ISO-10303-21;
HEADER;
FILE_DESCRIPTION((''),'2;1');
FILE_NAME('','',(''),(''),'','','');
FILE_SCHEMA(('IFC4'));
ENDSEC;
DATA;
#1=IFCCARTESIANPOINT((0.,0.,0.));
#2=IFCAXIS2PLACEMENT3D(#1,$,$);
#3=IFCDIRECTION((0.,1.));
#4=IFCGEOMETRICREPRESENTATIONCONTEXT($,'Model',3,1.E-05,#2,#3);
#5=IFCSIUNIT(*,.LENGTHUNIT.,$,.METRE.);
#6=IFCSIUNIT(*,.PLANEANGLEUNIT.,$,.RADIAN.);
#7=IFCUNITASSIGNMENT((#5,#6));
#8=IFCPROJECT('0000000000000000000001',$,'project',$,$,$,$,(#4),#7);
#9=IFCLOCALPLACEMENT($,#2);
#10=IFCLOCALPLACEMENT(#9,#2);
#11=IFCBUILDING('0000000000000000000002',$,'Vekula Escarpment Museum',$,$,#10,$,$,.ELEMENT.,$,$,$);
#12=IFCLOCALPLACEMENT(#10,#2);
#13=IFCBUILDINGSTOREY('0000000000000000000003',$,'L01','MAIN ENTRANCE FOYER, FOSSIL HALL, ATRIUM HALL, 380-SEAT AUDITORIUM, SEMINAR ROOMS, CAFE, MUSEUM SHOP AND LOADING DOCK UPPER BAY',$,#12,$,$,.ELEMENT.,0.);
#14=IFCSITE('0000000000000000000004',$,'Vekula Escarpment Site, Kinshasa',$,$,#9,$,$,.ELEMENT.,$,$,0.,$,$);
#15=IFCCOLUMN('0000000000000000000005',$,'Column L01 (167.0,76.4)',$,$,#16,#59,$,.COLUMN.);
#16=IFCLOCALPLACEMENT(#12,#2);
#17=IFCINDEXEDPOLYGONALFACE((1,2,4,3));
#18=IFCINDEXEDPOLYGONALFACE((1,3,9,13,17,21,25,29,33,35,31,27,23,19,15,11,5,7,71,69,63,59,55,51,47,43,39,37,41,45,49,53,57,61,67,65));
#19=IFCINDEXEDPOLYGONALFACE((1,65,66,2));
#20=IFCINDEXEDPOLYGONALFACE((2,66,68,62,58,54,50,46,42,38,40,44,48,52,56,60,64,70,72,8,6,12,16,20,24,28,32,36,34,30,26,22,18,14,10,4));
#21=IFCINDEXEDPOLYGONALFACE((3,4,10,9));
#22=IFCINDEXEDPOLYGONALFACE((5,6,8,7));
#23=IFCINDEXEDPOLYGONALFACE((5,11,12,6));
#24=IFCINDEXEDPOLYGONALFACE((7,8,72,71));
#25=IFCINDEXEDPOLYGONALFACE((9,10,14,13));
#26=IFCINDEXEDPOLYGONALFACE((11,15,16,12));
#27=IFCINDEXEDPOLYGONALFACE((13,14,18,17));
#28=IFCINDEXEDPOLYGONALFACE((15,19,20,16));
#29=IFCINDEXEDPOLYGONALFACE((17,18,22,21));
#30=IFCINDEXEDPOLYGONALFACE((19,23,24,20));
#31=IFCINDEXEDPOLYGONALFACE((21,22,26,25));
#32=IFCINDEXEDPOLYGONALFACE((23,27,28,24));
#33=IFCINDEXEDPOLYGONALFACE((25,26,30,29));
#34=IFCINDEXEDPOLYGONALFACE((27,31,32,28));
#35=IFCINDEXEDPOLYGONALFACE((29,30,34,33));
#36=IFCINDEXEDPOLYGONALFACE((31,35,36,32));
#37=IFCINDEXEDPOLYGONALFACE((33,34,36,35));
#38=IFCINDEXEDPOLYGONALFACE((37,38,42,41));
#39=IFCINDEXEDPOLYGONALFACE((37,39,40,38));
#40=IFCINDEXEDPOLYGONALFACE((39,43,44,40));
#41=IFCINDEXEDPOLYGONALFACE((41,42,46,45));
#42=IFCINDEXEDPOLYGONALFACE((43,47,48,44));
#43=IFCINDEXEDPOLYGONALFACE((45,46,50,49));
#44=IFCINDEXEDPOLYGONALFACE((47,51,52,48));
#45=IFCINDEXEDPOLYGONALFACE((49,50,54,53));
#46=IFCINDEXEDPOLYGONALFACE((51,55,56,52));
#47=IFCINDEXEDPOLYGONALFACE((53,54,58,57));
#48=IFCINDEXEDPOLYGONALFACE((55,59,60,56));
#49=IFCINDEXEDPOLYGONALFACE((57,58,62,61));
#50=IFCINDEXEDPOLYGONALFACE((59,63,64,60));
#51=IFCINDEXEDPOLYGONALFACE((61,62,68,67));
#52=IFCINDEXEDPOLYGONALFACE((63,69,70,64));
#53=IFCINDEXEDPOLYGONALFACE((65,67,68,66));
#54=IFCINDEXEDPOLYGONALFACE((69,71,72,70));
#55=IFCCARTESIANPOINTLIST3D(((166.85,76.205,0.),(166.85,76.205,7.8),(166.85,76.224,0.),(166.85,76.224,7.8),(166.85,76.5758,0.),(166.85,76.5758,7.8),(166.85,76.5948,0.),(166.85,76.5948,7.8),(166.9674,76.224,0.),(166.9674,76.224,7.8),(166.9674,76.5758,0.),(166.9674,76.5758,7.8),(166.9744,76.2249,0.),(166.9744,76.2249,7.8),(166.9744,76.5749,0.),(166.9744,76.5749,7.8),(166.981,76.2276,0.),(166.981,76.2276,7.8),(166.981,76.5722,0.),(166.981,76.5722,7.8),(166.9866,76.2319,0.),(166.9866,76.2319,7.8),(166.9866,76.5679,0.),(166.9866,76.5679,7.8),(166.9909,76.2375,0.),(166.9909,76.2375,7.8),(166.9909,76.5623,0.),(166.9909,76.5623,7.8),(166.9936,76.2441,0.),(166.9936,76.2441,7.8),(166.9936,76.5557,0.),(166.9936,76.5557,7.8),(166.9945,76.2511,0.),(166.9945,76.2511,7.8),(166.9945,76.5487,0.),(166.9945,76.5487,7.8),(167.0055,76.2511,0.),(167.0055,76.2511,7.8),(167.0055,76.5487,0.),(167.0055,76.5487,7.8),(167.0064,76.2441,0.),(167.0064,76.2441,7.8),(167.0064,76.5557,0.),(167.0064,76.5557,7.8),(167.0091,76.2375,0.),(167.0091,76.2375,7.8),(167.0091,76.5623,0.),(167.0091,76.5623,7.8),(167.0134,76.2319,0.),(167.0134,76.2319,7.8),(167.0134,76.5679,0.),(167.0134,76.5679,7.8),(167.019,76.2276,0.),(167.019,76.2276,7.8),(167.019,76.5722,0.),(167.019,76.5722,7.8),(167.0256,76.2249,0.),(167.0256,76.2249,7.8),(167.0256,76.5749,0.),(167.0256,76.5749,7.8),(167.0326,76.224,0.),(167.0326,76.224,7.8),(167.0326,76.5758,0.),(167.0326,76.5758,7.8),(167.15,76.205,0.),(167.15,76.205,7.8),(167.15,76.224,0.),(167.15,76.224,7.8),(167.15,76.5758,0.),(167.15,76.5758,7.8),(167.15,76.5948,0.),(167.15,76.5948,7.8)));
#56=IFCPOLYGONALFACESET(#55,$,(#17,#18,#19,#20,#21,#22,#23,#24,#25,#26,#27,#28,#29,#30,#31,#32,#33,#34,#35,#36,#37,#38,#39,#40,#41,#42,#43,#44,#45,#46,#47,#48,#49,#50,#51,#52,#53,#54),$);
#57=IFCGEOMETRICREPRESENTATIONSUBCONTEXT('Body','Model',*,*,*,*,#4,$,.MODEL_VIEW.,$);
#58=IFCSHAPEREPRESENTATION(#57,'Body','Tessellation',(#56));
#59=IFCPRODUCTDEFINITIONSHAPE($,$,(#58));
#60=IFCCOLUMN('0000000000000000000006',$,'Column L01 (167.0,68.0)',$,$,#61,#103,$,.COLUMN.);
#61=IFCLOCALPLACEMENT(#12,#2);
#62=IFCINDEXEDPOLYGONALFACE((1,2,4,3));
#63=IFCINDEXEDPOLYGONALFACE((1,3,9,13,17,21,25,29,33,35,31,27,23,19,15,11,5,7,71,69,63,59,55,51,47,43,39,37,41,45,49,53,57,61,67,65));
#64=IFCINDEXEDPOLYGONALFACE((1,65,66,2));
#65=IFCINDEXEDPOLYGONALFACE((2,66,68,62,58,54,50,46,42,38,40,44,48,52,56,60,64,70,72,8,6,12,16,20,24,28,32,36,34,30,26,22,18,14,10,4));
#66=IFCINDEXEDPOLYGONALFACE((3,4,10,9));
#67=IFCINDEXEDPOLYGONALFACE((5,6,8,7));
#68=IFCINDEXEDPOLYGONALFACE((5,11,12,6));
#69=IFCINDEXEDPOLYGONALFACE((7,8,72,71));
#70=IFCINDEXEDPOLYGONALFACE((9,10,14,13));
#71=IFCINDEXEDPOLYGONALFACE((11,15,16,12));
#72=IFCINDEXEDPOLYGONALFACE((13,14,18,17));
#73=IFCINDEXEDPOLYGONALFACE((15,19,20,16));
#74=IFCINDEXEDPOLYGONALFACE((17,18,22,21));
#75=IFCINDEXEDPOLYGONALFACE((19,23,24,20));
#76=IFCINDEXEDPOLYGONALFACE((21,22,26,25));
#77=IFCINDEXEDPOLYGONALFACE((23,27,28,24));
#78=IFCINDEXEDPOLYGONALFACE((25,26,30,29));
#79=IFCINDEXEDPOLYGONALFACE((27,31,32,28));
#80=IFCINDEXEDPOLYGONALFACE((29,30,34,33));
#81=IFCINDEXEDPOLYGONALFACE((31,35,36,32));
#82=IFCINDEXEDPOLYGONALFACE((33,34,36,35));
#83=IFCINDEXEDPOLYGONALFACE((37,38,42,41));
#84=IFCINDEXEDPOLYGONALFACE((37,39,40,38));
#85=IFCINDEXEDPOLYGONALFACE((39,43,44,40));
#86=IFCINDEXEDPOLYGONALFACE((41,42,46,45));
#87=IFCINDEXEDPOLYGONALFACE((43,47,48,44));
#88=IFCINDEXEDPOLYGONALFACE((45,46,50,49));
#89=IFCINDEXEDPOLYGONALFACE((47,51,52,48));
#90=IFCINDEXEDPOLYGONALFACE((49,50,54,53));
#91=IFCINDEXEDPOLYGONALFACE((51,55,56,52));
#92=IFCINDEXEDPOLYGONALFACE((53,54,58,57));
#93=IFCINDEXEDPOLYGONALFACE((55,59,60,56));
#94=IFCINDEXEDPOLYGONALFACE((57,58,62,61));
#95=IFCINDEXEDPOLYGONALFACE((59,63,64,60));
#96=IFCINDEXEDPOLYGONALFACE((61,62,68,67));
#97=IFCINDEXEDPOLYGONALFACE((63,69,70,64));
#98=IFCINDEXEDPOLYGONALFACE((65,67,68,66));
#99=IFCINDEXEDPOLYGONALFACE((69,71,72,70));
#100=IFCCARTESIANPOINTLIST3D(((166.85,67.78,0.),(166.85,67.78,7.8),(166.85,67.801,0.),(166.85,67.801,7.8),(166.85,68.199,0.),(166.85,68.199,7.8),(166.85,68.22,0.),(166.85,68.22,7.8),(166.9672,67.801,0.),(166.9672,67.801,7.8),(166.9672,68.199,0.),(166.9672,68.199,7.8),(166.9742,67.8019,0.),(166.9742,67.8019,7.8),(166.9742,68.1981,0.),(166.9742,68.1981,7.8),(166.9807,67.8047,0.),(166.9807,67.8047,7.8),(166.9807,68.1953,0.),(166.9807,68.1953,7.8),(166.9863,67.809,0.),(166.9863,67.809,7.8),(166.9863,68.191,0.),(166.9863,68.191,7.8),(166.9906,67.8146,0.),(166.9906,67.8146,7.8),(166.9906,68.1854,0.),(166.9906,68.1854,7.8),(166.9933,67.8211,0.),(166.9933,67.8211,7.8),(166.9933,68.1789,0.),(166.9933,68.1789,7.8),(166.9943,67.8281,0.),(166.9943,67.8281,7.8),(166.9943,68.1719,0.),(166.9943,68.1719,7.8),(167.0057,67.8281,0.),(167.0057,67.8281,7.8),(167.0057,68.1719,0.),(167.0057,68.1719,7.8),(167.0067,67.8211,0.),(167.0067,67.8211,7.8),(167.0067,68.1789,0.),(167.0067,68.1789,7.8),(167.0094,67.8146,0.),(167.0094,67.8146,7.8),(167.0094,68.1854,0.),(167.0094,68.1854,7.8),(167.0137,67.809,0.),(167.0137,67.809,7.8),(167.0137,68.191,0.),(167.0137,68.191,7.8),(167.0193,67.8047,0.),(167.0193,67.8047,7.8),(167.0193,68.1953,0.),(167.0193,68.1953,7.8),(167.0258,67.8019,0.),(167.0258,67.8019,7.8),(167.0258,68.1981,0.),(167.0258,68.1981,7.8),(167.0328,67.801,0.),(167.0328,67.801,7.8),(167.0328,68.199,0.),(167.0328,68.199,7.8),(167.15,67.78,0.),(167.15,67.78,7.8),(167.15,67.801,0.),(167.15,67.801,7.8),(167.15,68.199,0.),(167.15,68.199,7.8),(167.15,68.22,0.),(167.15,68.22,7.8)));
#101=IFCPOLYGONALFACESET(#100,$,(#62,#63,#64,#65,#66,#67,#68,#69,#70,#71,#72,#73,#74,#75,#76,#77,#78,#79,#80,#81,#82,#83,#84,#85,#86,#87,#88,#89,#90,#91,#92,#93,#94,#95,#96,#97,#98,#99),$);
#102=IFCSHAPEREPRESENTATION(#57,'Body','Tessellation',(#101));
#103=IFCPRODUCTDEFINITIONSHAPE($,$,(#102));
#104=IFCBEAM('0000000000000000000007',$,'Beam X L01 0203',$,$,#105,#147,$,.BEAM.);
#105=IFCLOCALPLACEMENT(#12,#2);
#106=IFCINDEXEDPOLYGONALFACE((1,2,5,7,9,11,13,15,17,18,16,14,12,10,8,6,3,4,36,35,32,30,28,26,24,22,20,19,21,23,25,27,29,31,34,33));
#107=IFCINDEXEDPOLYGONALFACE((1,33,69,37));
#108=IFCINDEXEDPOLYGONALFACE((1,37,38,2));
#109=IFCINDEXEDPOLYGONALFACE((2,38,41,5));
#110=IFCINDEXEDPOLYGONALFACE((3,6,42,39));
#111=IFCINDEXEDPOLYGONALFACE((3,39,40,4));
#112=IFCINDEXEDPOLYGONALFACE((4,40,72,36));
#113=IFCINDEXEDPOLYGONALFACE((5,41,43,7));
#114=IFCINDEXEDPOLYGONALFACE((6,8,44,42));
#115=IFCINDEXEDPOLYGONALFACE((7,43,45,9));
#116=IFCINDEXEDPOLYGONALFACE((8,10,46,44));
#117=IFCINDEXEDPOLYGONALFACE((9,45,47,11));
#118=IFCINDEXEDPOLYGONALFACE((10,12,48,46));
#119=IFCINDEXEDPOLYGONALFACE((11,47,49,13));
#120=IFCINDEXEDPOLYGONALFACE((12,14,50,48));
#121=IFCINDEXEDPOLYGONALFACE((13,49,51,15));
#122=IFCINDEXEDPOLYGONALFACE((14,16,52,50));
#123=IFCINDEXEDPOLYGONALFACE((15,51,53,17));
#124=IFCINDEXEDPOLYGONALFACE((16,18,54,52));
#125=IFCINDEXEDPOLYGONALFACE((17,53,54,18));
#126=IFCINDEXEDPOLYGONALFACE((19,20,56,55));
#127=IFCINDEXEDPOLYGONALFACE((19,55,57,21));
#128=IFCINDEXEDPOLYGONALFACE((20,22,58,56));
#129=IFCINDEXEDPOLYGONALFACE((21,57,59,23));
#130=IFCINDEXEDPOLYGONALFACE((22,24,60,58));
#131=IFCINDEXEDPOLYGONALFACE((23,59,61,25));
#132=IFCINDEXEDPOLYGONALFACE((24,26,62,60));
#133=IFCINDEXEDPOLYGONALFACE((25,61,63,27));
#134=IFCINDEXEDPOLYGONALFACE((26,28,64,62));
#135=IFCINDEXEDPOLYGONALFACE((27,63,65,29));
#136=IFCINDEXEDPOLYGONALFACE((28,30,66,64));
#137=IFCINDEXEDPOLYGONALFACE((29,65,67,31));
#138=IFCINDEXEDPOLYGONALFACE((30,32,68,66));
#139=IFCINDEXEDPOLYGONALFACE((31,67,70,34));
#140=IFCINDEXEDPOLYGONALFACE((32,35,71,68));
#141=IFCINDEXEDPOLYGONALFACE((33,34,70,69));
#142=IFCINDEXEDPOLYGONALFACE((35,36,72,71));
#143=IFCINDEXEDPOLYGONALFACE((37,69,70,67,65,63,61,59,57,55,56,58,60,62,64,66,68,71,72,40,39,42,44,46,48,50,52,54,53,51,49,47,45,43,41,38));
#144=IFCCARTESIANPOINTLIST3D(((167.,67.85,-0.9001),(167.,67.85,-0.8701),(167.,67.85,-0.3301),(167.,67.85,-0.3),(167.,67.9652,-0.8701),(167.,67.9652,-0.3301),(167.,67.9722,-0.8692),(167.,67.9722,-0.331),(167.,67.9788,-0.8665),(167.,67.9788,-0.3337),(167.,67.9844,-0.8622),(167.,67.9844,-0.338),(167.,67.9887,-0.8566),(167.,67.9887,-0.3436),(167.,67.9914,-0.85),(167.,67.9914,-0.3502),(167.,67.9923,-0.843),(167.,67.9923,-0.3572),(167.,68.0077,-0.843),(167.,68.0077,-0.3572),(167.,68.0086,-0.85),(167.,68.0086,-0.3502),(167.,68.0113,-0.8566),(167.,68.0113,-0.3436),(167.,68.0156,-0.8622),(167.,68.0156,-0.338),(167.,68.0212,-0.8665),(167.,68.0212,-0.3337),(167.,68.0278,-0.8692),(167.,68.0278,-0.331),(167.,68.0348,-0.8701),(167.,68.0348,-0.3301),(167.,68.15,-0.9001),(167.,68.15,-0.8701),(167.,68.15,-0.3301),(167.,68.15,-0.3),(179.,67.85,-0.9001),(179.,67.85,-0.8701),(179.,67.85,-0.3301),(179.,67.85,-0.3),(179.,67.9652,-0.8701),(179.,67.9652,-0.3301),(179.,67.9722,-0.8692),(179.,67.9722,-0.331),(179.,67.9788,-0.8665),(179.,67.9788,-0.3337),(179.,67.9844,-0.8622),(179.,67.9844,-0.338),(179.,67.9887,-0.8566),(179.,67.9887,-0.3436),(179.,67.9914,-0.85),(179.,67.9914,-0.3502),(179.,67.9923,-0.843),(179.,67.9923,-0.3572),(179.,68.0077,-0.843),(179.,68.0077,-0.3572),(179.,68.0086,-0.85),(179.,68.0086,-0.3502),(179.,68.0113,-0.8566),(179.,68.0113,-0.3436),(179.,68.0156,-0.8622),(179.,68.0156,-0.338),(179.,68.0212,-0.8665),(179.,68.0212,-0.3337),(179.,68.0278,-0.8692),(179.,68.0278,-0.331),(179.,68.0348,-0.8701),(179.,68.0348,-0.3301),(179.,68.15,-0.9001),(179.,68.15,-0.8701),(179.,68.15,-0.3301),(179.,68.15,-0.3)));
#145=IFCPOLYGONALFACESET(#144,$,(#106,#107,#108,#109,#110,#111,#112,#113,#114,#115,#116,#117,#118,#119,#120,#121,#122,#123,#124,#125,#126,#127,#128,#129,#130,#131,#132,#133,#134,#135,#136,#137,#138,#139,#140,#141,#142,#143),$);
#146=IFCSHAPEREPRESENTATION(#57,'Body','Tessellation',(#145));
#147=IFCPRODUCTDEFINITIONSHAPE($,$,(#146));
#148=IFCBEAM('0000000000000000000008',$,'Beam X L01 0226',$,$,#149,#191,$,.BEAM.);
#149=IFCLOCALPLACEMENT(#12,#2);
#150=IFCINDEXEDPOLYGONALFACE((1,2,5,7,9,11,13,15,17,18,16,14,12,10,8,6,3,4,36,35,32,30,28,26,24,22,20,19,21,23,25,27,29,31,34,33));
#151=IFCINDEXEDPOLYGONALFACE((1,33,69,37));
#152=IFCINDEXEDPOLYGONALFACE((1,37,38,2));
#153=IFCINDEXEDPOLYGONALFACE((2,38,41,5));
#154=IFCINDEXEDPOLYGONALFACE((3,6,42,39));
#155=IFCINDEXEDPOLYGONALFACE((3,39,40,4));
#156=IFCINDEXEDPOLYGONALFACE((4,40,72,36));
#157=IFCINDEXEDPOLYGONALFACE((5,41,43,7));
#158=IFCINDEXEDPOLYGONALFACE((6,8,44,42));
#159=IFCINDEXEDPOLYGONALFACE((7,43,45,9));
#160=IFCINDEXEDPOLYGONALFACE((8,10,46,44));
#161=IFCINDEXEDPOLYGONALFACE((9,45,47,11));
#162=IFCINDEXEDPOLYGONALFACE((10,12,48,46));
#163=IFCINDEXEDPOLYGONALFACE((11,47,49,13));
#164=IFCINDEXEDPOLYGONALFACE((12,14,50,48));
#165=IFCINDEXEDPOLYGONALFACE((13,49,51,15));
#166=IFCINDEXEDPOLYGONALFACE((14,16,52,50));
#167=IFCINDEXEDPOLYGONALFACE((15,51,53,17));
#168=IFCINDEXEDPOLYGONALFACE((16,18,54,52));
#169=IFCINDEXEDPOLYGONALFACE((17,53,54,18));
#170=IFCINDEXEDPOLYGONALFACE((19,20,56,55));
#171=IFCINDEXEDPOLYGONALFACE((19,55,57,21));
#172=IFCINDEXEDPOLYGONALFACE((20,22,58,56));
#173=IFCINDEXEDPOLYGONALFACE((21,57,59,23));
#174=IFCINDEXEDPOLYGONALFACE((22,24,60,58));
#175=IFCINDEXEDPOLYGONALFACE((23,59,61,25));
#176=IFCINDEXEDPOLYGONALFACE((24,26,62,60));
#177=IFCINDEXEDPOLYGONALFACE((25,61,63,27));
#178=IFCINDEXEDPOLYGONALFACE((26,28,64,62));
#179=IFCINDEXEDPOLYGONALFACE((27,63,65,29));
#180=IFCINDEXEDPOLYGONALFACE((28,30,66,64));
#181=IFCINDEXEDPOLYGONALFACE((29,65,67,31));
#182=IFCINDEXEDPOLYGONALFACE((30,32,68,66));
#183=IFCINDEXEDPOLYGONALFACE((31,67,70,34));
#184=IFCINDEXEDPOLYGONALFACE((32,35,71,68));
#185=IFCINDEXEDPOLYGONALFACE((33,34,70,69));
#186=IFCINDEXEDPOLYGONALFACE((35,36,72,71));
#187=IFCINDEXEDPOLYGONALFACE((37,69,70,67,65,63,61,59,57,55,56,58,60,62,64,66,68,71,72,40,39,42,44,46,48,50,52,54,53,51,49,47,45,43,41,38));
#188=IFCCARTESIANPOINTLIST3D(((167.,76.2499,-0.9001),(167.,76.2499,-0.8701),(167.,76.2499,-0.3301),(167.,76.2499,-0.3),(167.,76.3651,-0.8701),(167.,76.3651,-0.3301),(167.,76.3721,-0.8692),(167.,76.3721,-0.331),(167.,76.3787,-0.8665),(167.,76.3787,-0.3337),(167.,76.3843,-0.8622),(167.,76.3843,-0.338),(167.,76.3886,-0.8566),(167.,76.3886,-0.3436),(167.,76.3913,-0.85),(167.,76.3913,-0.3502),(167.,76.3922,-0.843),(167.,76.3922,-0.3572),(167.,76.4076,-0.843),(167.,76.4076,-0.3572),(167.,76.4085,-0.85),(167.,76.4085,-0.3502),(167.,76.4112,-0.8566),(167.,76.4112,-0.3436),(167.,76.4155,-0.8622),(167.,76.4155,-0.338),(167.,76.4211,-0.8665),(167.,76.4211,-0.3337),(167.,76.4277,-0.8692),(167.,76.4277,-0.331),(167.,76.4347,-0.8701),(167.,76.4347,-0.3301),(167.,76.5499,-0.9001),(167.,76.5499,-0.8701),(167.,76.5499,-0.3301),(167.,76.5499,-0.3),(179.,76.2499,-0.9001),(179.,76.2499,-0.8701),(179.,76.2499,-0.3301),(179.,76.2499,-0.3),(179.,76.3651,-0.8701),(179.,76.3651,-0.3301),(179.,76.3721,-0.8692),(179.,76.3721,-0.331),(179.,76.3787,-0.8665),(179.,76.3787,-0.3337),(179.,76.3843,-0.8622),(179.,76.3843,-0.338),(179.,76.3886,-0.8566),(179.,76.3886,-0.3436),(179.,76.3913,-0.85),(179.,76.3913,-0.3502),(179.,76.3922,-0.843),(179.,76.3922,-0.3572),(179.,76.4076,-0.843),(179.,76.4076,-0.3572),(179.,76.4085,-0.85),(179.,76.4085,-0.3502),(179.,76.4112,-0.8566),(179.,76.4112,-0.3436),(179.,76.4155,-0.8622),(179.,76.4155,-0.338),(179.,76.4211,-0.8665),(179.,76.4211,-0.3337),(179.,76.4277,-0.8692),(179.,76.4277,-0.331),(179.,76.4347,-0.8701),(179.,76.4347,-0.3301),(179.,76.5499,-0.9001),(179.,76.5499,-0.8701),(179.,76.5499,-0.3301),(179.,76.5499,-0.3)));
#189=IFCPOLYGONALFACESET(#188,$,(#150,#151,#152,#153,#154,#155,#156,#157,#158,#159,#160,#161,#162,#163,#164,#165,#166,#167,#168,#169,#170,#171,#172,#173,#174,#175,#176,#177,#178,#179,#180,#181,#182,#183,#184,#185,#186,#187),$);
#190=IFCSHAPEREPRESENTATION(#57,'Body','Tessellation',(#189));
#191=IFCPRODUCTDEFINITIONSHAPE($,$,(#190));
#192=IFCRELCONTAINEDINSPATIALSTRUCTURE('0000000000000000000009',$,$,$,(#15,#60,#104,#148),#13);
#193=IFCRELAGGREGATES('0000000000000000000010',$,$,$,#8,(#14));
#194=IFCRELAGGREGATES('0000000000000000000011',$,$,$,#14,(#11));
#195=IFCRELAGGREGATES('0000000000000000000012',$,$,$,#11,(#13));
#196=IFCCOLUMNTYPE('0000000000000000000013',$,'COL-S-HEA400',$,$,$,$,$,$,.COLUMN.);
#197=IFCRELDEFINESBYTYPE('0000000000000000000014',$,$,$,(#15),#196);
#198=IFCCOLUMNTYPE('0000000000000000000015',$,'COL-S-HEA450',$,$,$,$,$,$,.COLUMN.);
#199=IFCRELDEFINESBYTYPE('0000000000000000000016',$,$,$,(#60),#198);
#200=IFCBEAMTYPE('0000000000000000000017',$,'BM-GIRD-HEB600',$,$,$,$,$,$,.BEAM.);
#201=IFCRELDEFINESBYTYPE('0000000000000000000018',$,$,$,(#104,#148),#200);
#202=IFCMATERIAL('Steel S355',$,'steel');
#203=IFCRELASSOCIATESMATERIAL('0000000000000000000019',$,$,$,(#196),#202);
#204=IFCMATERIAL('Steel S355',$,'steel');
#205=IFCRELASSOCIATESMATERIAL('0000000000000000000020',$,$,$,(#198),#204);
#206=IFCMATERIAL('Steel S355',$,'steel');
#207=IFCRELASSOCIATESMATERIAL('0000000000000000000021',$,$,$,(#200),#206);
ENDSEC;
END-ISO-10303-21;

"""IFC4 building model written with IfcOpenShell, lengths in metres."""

from ifc_helpers import new_model, si_unit, direction, frame, origin, origin_2d, place, context, subcontext, project, spatial, i_section, extrude, material, material_profile, profile_set, type_object, element, save


model = new_model("IFC4")

# Units and contexts
model_context = context("Model", 3, precision=1e-05, world=origin(), true_north=direction((0.0, 1.0)))
body_context = subcontext(model_context, "Body", "Model", "MODEL_VIEW")
ifc_project = project(units=[si_unit("LENGTHUNIT", "METRE"), si_unit("PLANEANGLEUNIT", "RADIAN")], contexts=[model_context])

# Site, building, storey
site_placement = place(None, origin())
site = spatial("IfcSite", under=ifc_project, at=site_placement, Name="Vekula Escarpment Site, Kinshasa", CompositionType="ELEMENT", RefElevation=0.0)
building_placement = place(site_placement, origin())
building = spatial("IfcBuilding", under=site, at=building_placement, Name="Vekula Escarpment Museum", CompositionType="ELEMENT")
storey_placement = place(building_placement, origin())
storey = spatial("IfcBuildingStorey", under=building, at=storey_placement, Name="L01", Description="MAIN ENTRANCE FOYER, FOSSIL HALL, ATRIUM HALL, 380-SEAT AUDITORIUM, SEMINAR ROOMS, CAFE, MUSEUM SHOP AND LOADING DOCK UPPER BAY", CompositionType="ELEMENT", Elevation=0.0)

# Columns
ifc_material_1 = material(Name="Steel S355", Category="steel")
ifc_material_profile_1 = material_profile(ifc_material_1, i_section(OverallWidth=0.3, OverallDepth=0.3899, WebThickness=0.011, FlangeThickness=0.019, FilletRadius=0.0271, at=origin_2d()), Name="HEA 400")
ifc_profile_set_1 = profile_set([ifc_material_profile_1], Name="Steel S355")
column_type_1 = type_object("IfcColumnType", Name="COL-S-HEA400", PredefinedType="COLUMN", material=ifc_profile_set_1)
column_1_placement = place(storey_placement, frame((167.0, 76.3999, 0.0), z_axis=(0.0, 0.0, 1.0), x_axis=(1.0, 0.0, 0.0)))
element("IfcColumn", 1, at=column_1_placement, inside=storey, type_object=column_type_1, Name="Column L01 (167.0,76.4)", PredefinedType="COLUMN", context=body_context, shape_type="SweptSolid", body=[
    extrude(i_section(OverallWidth=0.3, OverallDepth=0.3899, WebThickness=0.011, FlangeThickness=0.019, FilletRadius=0.0271, at=origin_2d()), origin(), (0.0, 0.0, 1.0), 7.8),
])
ifc_material_2 = material(Name="Steel S355", Category="steel")
ifc_material_profile_2 = material_profile(ifc_material_2, i_section(OverallWidth=0.3, OverallDepth=0.4399, WebThickness=0.0115, FlangeThickness=0.021, FilletRadius=0.0271, at=origin_2d()), Name="HEA 450")
ifc_profile_set_2 = profile_set([ifc_material_profile_2], Name="Steel S355")
column_type_2 = type_object("IfcColumnType", Name="COL-S-HEA450", PredefinedType="COLUMN", material=ifc_profile_set_2)
column_2_placement = place(storey_placement, frame((167.0, 68.0, 0.0), z_axis=(0.0, 0.0, 1.0), x_axis=(1.0, 0.0, 0.0)))
element("IfcColumn", 2, at=column_2_placement, inside=storey, type_object=column_type_2, Name="Column L01 (167.0,68.0)", PredefinedType="COLUMN", context=body_context, shape_type="SweptSolid", body=[
    extrude(i_section(OverallWidth=0.3, OverallDepth=0.4399, WebThickness=0.0115, FlangeThickness=0.021, FilletRadius=0.0271, at=origin_2d()), origin(), (0.0, 0.0, 1.0), 7.8),
])

# Beams
ifc_material_3 = material(Name="Steel S355", Category="steel")
ifc_material_profile_3 = material_profile(ifc_material_3, i_section(OverallWidth=0.3, OverallDepth=0.6001, WebThickness=0.0154, FlangeThickness=0.03, FilletRadius=0.0271, at=origin_2d()), Name="HEB 600")
ifc_profile_set_3 = profile_set([ifc_material_profile_3], Name="Steel S355")
beam_type_1 = type_object("IfcBeamType", Name="BM-GIRD-HEB600", PredefinedType="BEAM", material=ifc_profile_set_3)
for number, where, z_axis, x_axis, name in (
    (3, (167.0, 68.0, -0.6001), (1.0, 0.0, 0.0), (0.0, 1.0, 0.0), "Beam X L01 0203"),
    (4, (167.0, 76.3999, -0.6001), (1.0, 0.0, 0.0), (0.0, 1.0, 0.0), "Beam X L01 0226"),
):
    element("IfcBeam", number, at=place(storey_placement, frame(where, z_axis=z_axis, x_axis=x_axis)), inside=storey, type_object=beam_type_1, Name=name, PredefinedType="BEAM", context=body_context, shape_type="SweptSolid", body=[
        extrude(i_section(OverallWidth=0.3, OverallDepth=0.6001, WebThickness=0.0154, FlangeThickness=0.03, FilletRadius=0.0271, at=origin_2d()), origin(), (0.0, 0.0, 1.0), 12.0),
    ])

save(model, "model.ifc")
